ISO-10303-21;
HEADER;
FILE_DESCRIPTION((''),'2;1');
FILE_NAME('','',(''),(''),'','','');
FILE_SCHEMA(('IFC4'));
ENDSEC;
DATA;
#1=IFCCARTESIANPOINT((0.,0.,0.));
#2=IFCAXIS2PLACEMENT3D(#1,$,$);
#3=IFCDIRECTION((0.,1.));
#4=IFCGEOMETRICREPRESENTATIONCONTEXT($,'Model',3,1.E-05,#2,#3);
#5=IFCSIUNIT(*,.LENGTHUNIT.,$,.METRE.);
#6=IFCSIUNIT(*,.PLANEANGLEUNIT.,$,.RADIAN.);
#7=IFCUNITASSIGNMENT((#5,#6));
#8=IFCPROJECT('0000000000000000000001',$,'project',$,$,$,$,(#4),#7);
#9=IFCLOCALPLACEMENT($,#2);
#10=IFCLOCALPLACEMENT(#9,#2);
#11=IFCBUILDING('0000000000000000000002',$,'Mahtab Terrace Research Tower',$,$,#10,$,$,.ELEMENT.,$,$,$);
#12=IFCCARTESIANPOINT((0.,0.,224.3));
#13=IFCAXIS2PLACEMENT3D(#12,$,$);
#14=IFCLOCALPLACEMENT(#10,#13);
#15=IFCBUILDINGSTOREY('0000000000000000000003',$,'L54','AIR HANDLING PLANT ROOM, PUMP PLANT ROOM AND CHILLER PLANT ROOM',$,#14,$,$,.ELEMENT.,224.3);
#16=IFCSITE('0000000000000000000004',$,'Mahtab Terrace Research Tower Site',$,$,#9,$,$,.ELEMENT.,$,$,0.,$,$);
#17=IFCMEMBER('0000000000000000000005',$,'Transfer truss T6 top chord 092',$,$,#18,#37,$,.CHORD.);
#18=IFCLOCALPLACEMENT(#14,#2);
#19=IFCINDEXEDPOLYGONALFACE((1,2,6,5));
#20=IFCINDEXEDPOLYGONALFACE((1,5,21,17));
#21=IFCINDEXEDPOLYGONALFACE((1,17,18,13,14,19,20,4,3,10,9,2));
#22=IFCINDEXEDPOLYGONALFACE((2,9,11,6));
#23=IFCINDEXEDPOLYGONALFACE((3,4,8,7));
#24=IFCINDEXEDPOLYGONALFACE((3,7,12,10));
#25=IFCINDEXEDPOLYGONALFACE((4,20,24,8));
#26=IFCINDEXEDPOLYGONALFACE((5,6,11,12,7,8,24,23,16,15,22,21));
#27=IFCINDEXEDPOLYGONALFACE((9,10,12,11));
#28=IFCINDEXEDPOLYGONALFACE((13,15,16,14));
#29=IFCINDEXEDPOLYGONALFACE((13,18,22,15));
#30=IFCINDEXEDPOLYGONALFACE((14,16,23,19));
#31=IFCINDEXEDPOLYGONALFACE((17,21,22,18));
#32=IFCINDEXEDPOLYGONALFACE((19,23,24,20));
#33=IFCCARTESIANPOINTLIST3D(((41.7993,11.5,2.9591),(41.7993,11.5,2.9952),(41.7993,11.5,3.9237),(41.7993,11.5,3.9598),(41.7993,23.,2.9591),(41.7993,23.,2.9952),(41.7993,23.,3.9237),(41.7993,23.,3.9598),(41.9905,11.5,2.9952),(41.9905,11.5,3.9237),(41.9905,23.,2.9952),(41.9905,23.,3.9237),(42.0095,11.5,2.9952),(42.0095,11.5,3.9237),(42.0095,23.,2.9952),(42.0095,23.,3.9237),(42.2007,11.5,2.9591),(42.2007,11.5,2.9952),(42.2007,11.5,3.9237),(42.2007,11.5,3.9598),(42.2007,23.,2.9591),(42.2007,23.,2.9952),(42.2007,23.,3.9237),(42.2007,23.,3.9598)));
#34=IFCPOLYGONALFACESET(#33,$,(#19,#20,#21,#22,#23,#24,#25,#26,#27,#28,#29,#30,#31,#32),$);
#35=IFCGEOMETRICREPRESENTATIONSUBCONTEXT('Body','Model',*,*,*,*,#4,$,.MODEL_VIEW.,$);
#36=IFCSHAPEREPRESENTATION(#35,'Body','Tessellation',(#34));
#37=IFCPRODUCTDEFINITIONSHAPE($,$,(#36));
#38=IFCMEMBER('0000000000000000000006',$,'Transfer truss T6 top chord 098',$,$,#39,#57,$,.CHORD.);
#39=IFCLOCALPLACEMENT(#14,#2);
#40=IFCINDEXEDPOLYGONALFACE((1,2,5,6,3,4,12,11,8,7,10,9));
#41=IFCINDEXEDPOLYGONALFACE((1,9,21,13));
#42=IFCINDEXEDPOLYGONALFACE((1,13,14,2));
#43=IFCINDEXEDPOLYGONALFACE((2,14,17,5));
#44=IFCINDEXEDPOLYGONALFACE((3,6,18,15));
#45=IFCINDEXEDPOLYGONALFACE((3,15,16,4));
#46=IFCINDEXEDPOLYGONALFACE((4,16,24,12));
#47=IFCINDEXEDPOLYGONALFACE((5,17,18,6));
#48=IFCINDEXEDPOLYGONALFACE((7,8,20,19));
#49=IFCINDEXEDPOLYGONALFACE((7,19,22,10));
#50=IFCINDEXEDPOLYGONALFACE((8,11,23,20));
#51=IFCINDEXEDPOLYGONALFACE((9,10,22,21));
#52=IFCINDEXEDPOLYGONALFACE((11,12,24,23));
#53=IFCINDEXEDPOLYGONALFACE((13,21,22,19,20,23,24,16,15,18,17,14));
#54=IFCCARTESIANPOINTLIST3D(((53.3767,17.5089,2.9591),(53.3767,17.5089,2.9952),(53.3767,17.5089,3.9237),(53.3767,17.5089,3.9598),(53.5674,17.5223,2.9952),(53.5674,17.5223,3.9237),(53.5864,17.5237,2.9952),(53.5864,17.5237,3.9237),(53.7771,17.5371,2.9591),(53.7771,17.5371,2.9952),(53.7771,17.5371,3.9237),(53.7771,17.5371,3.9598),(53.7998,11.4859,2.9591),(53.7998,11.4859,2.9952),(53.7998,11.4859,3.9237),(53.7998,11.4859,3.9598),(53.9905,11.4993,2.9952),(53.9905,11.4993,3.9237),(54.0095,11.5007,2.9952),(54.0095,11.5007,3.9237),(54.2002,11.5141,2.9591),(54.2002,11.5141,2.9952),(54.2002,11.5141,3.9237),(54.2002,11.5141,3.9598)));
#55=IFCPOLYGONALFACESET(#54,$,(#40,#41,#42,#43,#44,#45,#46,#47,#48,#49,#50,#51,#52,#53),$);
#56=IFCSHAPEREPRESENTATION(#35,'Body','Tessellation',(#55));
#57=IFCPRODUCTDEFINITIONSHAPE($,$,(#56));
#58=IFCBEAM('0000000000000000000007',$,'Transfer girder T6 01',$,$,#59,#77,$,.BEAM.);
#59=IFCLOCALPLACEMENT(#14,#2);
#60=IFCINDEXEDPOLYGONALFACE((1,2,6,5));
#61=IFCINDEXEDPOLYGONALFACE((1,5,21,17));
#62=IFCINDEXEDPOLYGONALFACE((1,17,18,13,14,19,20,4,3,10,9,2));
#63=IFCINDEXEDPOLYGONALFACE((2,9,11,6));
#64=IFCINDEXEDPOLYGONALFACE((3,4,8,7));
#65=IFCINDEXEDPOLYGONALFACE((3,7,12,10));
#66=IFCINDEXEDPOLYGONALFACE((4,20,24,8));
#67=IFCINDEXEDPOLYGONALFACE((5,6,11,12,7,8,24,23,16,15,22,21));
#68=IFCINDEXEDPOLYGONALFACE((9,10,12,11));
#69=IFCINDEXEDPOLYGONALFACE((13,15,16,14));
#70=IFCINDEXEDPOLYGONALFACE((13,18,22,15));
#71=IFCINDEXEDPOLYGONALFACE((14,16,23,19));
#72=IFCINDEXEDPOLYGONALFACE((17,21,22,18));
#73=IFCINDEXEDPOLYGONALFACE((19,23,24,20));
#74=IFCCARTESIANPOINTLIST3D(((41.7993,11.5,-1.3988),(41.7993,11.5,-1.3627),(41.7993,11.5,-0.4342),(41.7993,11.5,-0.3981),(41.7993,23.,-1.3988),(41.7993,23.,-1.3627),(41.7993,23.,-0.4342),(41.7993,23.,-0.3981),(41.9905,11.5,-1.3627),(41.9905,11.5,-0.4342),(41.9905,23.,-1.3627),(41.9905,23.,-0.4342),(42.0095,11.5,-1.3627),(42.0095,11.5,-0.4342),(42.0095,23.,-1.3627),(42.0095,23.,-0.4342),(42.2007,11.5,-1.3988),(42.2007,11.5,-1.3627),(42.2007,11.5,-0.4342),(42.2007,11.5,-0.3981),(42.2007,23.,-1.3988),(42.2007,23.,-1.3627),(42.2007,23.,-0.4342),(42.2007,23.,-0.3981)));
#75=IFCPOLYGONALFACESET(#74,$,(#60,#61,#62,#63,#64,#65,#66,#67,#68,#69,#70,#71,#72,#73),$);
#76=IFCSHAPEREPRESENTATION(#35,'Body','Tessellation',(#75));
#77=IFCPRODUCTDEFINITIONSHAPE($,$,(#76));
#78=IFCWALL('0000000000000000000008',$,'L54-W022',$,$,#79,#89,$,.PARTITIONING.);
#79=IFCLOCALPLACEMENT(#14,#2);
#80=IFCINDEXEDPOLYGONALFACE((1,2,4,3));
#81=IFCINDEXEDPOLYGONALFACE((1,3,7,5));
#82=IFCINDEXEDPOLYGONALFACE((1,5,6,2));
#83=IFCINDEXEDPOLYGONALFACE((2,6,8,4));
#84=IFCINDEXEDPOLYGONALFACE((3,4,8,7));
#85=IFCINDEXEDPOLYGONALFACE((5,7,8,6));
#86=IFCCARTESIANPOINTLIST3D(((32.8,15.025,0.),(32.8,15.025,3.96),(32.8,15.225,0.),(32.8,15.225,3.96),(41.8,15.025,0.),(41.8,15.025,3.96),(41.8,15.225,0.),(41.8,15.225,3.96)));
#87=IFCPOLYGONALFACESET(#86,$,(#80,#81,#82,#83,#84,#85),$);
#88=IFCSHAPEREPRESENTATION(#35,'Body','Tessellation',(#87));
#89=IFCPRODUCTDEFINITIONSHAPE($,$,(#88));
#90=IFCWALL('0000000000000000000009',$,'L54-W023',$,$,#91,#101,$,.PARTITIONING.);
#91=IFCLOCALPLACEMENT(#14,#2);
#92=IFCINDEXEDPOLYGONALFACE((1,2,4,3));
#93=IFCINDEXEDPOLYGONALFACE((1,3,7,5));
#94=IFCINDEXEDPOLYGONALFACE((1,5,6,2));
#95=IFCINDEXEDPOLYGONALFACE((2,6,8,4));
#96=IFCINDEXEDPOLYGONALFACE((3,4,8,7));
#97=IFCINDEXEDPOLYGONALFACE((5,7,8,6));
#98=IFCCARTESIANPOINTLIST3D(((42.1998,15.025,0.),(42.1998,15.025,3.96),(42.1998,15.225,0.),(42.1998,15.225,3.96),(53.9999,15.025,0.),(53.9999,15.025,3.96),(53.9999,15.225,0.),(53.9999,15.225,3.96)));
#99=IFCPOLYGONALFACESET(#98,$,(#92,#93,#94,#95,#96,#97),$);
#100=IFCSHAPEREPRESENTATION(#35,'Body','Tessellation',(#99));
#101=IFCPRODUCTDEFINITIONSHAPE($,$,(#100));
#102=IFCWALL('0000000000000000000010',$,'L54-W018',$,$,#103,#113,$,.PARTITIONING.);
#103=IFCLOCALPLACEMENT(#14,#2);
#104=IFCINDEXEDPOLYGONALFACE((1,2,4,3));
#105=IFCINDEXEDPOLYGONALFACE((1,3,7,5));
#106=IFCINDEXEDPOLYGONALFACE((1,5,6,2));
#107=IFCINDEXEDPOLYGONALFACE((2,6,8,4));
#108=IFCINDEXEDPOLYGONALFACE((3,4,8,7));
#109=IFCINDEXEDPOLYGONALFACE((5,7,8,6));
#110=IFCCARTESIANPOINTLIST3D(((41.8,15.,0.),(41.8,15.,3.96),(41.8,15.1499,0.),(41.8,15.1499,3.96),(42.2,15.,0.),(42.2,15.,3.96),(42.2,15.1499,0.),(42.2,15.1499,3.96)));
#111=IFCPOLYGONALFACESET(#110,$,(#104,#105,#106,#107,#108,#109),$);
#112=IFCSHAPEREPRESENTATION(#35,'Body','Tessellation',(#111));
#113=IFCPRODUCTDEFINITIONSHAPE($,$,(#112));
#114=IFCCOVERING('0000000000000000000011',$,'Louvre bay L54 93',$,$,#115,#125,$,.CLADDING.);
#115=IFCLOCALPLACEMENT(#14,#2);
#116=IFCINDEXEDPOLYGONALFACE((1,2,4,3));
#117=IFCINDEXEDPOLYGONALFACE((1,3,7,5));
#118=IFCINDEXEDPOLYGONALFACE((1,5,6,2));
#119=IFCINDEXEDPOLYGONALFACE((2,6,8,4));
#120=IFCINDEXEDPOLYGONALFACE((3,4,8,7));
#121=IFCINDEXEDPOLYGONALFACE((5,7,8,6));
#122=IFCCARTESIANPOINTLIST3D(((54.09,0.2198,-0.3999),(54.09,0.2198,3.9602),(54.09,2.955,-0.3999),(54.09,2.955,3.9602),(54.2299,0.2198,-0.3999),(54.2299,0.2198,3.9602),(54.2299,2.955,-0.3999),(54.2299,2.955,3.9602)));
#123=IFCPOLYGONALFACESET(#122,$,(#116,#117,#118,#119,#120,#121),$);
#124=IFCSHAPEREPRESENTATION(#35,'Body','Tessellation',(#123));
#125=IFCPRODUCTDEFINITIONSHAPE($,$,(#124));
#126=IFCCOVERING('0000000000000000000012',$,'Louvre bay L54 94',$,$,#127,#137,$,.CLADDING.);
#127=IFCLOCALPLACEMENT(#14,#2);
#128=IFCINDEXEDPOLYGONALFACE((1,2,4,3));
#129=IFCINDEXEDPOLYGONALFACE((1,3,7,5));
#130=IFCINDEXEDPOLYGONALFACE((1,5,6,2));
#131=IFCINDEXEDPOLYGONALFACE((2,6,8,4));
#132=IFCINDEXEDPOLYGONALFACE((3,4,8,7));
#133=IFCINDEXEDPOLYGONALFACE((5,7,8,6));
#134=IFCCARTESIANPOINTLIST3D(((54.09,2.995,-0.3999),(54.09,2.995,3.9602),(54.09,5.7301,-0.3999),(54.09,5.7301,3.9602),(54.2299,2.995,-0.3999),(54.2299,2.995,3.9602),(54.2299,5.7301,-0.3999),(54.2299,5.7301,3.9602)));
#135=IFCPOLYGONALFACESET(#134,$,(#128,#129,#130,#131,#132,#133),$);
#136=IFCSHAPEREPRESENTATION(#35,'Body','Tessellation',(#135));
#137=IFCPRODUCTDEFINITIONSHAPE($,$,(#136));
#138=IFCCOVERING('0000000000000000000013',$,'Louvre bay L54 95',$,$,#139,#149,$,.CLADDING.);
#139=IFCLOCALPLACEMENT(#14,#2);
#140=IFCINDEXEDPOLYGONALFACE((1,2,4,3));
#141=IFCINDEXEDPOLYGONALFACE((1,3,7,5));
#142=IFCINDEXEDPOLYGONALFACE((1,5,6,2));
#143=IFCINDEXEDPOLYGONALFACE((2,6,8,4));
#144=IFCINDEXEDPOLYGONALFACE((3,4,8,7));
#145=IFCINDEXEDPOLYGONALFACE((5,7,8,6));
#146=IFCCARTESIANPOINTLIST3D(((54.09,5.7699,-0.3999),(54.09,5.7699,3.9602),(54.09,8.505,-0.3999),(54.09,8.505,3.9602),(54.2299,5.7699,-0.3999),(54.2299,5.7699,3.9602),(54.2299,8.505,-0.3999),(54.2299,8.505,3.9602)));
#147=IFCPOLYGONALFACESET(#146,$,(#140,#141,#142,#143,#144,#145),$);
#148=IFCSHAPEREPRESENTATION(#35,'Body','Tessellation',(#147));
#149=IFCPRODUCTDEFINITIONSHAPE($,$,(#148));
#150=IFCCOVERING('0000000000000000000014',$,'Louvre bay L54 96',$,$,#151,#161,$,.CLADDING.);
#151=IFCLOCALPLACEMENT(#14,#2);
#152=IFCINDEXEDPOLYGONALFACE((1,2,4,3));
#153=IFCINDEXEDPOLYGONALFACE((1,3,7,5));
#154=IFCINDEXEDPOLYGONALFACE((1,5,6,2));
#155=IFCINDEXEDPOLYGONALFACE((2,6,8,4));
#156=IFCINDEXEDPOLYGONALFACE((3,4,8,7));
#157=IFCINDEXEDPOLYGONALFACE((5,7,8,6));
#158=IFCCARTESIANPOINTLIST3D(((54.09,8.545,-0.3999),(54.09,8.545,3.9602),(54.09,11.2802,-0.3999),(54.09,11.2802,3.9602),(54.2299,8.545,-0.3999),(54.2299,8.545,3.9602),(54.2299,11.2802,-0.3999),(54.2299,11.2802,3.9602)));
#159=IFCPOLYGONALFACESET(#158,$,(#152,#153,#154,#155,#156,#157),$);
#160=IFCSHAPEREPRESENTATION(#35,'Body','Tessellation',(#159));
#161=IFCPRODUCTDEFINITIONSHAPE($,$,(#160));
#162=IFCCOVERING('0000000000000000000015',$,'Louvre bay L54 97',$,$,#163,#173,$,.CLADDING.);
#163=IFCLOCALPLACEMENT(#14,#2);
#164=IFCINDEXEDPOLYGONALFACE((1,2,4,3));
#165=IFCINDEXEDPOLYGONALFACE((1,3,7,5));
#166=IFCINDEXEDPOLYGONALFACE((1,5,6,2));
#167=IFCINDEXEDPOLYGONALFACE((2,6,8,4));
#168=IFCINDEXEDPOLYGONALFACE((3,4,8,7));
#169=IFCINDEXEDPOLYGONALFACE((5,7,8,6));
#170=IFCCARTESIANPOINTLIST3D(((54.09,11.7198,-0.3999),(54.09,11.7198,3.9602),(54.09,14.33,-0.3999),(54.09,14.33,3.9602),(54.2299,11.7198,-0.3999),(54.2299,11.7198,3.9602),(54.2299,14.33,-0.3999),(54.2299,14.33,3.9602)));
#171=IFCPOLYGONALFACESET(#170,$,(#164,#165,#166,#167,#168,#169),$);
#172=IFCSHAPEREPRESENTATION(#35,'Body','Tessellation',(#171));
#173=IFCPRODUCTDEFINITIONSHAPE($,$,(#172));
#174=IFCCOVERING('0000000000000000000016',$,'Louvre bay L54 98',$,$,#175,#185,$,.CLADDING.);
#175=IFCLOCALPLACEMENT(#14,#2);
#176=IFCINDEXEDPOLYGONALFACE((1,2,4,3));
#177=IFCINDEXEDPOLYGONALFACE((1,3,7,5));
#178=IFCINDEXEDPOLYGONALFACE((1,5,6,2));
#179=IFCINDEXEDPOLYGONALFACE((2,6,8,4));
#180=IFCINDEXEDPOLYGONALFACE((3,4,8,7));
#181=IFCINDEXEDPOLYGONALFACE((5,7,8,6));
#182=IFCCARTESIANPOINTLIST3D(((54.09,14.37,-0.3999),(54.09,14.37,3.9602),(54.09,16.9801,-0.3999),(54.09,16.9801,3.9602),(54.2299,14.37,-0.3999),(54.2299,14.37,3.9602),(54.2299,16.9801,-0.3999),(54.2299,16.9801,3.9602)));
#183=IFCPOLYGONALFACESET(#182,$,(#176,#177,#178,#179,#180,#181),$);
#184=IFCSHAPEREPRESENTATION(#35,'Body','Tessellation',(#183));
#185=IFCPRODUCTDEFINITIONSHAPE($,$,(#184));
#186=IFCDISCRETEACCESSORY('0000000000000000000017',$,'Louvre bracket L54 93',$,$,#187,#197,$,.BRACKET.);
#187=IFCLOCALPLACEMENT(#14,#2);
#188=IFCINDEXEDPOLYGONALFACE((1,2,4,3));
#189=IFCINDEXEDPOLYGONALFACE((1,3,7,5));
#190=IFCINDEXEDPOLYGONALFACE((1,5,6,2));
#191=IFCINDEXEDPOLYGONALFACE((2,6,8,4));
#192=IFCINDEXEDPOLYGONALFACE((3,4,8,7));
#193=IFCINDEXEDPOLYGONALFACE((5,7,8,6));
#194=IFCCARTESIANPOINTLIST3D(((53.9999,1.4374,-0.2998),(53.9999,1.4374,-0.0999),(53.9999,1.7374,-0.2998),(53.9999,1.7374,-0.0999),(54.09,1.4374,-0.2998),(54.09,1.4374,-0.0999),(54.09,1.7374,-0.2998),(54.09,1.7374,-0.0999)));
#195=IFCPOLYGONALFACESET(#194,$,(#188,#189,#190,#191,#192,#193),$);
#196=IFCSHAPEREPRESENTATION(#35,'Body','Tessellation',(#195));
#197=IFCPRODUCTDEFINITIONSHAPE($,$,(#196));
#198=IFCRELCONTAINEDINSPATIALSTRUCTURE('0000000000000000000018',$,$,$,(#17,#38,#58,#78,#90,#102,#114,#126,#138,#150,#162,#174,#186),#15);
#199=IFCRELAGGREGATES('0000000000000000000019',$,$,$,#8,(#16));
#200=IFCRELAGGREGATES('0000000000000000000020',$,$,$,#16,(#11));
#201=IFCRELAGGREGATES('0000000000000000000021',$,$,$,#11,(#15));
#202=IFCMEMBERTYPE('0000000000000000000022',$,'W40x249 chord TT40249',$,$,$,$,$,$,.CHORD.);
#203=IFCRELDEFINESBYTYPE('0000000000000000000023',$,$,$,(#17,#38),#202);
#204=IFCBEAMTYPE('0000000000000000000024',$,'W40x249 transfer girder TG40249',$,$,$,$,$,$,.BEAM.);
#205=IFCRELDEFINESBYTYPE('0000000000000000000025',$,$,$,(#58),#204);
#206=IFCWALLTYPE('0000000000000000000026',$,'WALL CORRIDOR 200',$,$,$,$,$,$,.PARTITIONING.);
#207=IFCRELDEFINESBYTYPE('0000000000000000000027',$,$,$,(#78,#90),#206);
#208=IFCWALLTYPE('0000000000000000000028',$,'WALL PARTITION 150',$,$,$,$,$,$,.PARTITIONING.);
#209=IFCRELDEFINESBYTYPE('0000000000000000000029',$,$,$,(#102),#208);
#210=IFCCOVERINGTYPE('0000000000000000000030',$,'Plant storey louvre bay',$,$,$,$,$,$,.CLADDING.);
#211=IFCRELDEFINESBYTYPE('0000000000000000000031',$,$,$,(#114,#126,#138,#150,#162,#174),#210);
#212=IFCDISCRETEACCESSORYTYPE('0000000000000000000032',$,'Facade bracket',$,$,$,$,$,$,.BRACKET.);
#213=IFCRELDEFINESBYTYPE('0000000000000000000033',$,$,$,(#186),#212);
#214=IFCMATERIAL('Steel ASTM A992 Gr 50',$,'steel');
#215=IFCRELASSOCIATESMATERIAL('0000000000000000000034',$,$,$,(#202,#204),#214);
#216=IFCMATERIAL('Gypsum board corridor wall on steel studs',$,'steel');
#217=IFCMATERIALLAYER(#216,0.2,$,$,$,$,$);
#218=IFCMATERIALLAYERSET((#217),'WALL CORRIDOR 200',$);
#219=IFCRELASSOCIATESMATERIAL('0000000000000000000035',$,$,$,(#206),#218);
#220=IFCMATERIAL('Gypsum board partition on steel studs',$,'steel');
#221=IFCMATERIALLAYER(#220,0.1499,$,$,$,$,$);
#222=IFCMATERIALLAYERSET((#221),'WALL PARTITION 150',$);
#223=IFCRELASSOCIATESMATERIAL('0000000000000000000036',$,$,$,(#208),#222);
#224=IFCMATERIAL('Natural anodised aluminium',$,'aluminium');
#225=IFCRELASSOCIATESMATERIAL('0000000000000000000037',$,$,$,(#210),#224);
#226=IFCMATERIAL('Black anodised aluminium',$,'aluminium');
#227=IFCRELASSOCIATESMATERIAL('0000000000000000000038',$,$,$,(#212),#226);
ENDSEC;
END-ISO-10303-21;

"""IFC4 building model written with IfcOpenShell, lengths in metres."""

from ifc_helpers import new_model, si_unit, direction, frame, frame_2d, origin, origin_2d, place, context, subcontext, project, spatial, rectangle, i_section, extrude, material, layer, layer_set, material_profile, profile_set, type_object, element, save


model = new_model("IFC4")

# Units and contexts
model_context = context("Model", 3, precision=1e-05, world=origin(), true_north=direction((0.0, 1.0)))
body_context = subcontext(model_context, "Body", "Model", "MODEL_VIEW")
ifc_project = project(units=[si_unit("LENGTHUNIT", "METRE"), si_unit("PLANEANGLEUNIT", "RADIAN")], contexts=[model_context])

# Site, building, storey
site_placement = place(None, origin())
site = spatial("IfcSite", under=ifc_project, at=site_placement, Name="Mahtab Terrace Research Tower Site", CompositionType="ELEMENT", RefElevation=0.0)
building_placement = place(site_placement, origin())
building = spatial("IfcBuilding", under=site, at=building_placement, Name="Mahtab Terrace Research Tower", CompositionType="ELEMENT")
storey_placement = place(building_placement, frame((0.0, 0.0, 224.3)))
storey = spatial("IfcBuildingStorey", under=building, at=storey_placement, Name="L54", Description="AIR HANDLING PLANT ROOM, PUMP PLANT ROOM AND CHILLER PLANT ROOM", CompositionType="ELEMENT", Elevation=224.3)

# Shared definitions
ifc_material_1 = material(Name="Steel ASTM A992 Gr 50", Category="steel")

# Members
ifc_material_profile_1 = material_profile(ifc_material_1, i_section(OverallWidth=0.4014, OverallDepth=1.0007, WebThickness=0.019, FlangeThickness=0.0361, at=origin_2d()), Name="W40X249")
ifc_profile_set_1 = profile_set([ifc_material_profile_1], Name="Steel ASTM A992 Gr 50")
member_type_1 = type_object("IfcMemberType", Name="W40x249 chord TT40249", PredefinedType="CHORD", material=ifc_profile_set_1)
member_1_placement = place(storey_placement, frame((42.0, 11.5, 3.4595), z_axis=(0.0, 1.0, 0.0), x_axis=(-1.0, 0.0, 0.0)))
element("IfcMember", 1, at=member_1_placement, inside=storey, type_object=member_type_1, Name="Transfer truss T6 top chord 092", PredefinedType="CHORD", context=body_context, shape_type="SweptSolid", body=[
    extrude(i_section(OverallWidth=0.4014, OverallDepth=1.0007, WebThickness=0.019, FlangeThickness=0.0361, at=origin_2d()), origin(), (0.0, 0.0, 1.0), 11.5),
])
member_2_placement = place(storey_placement, frame((54.0, 11.5, 3.4595), z_axis=(-0.070075, 0.997542, 0.0), x_axis=(-0.997542, -0.070075, 0.0)))
element("IfcMember", 2, at=member_2_placement, inside=storey, type_object=member_type_1, Name="Transfer truss T6 top chord 098", PredefinedType="CHORD", context=body_context, shape_type="SweptSolid", body=[
    extrude(i_section(OverallWidth=0.4014, OverallDepth=1.0007, WebThickness=0.019, FlangeThickness=0.0361, at=origin_2d()), origin(), (0.0, 0.0, 1.0), 6.0378),
])

# Beam
ifc_material_profile_2 = material_profile(ifc_material_1, i_section(OverallWidth=0.4014, OverallDepth=1.0007, WebThickness=0.019, FlangeThickness=0.0361, at=origin_2d()), Name="W40X249")
ifc_profile_set_2 = profile_set([ifc_material_profile_2], Name="Steel ASTM A992 Gr 50")
beam_type = type_object("IfcBeamType", Name="W40x249 transfer girder TG40249", PredefinedType="BEAM", material=ifc_profile_set_2)
beam_placement = place(storey_placement, frame((42.0, 11.5, -0.8984), z_axis=(0.0, 1.0, 0.0), x_axis=(-1.0, 0.0, 0.0)))
element("IfcBeam", 3, at=beam_placement, inside=storey, type_object=beam_type, Name="Transfer girder T6 01", PredefinedType="BEAM", context=body_context, shape_type="SweptSolid", body=[
    extrude(i_section(OverallWidth=0.4014, OverallDepth=1.0007, WebThickness=0.019, FlangeThickness=0.0361, at=origin_2d()), origin(), (0.0, 0.0, 1.0), 11.5),
])

# Walls
ifc_material_2 = material(Name="Gypsum board corridor wall on steel studs", Category="steel")
ifc_layer_1 = layer(ifc_material_2, 0.2)
ifc_layer_set_1 = layer_set([ifc_layer_1], Name="WALL CORRIDOR 200")
wall_type_1 = type_object("IfcWallType", Name="WALL CORRIDOR 200", PredefinedType="PARTITIONING", material=ifc_layer_set_1)
wall_1_placement = place(storey_placement, frame((32.8, 15.125, 0.0), z_axis=(0.0, 0.0, 1.0), x_axis=(1.0, 0.0, 0.0)))
element("IfcWall", 4, at=wall_1_placement, inside=storey, type_object=wall_type_1, Name="L54-W022", PredefinedType="PARTITIONING", context=body_context, shape_type="SweptSolid", body=[
    extrude(rectangle(XDim=9.0, YDim=0.2, at=frame_2d((4.5, 0.0))), origin(), (0.0, 0.0, 1.0), 3.96),
])
wall_2_placement = place(storey_placement, frame((42.2, 15.125, 0.0), z_axis=(0.0, 0.0, 1.0), x_axis=(1.0, 0.0, 0.0)))
element("IfcWall", 5, at=wall_2_placement, inside=storey, type_object=wall_type_1, Name="L54-W023", PredefinedType="PARTITIONING", context=body_context, shape_type="SweptSolid", body=[
    extrude(rectangle(XDim=11.8, YDim=0.2, at=frame_2d((5.8999, 0.0))), origin(), (0.0, 0.0, 1.0), 3.96),
])
ifc_material_3 = material(Name="Gypsum board partition on steel studs", Category="steel")
ifc_layer_2 = layer(ifc_material_3, 0.1499)
ifc_layer_set_2 = layer_set([ifc_layer_2], Name="WALL PARTITION 150")
wall_type_2 = type_object("IfcWallType", Name="WALL PARTITION 150", PredefinedType="PARTITIONING", material=ifc_layer_set_2)
wall_3_placement = place(storey_placement, frame((41.8, 15.075, 0.0), z_axis=(0.0, 0.0, 1.0), x_axis=(1.0, 0.0, 0.0)))
element("IfcWall", 6, at=wall_3_placement, inside=storey, type_object=wall_type_2, Name="L54-W018", PredefinedType="PARTITIONING", context=body_context, shape_type="SweptSolid", body=[
    extrude(rectangle(XDim=0.3999, YDim=0.1499, at=frame_2d((0.2, 0.0))), origin(), (0.0, 0.0, 1.0), 3.96),
])

# Coverings
ifc_material_4 = material(Name="Natural anodised aluminium", Category="aluminium")
covering_type = type_object("IfcCoveringType", Name="Plant storey louvre bay", PredefinedType="CLADDING", material=ifc_material_4)
for number, where, z_axis, x_axis, name in (
    (7, (54.1599, 1.5874, -0.3999), (0.0, 0.0, 1.0), (0.0, 1.0, 0.0), "Louvre bay L54 93"),
    (8, (54.1599, 4.3625, -0.3999), (0.0, 0.0, 1.0), (0.0, 1.0, 0.0), "Louvre bay L54 94"),
    (9, (54.1599, 7.1375, -0.3999), (0.0, 0.0, 1.0), (0.0, 1.0, 0.0), "Louvre bay L54 95"),
    (10, (54.1599, 9.9126, -0.3999), (0.0, 0.0, 1.0), (0.0, 1.0, 0.0), "Louvre bay L54 96"),
):
    element("IfcCovering", number, at=place(storey_placement, frame(where, z_axis=z_axis, x_axis=x_axis)), inside=storey, type_object=covering_type, Name=name, PredefinedType="CLADDING", context=body_context, shape_type="SweptSolid", body=[
        extrude(rectangle(XDim=2.7351, YDim=0.1399, at=origin_2d()), origin(), (0.0, 0.0, 1.0), 4.3601),
    ])
for number, where, z_axis, x_axis, name in (
    (11, (54.1599, 13.0249, -0.3999), (0.0, 0.0, 1.0), (0.0, 1.0, 0.0), "Louvre bay L54 97"),
    (12, (54.1599, 15.675, -0.3999), (0.0, 0.0, 1.0), (0.0, 1.0, 0.0), "Louvre bay L54 98"),
):
    element("IfcCovering", number, at=place(storey_placement, frame(where, z_axis=z_axis, x_axis=x_axis)), inside=storey, type_object=covering_type, Name=name, PredefinedType="CLADDING", context=body_context, shape_type="SweptSolid", body=[
        extrude(rectangle(XDim=2.6101, YDim=0.1399, at=origin_2d()), origin(), (0.0, 0.0, 1.0), 4.3601),
    ])

# Discrete accessory
ifc_material_5 = material(Name="Black anodised aluminium", Category="aluminium")
discrete_accessory_type_1 = type_object("IfcDiscreteAccessoryType", Name="Facade bracket", PredefinedType="BRACKET", material=ifc_material_5)
for number, where, z_axis, x_axis, name in (
    (13, (54.0449, 1.5874, -0.2998), (0.0, 0.0, 1.0), (0.0, 1.0, 0.0), "Louvre bracket L54 93"),
):
    element("IfcDiscreteAccessory", number, at=place(storey_placement, frame(where, z_axis=z_axis, x_axis=x_axis)), inside=storey, type_object=discrete_accessory_type_1, Name=name, PredefinedType="BRACKET", context=body_context, shape_type="SweptSolid", body=[
        extrude(rectangle(XDim=0.3, YDim=0.0901, at=origin_2d()), origin(), (0.0, 0.0, 1.0), 0.2),
    ])

save(model, "model.ifc")
